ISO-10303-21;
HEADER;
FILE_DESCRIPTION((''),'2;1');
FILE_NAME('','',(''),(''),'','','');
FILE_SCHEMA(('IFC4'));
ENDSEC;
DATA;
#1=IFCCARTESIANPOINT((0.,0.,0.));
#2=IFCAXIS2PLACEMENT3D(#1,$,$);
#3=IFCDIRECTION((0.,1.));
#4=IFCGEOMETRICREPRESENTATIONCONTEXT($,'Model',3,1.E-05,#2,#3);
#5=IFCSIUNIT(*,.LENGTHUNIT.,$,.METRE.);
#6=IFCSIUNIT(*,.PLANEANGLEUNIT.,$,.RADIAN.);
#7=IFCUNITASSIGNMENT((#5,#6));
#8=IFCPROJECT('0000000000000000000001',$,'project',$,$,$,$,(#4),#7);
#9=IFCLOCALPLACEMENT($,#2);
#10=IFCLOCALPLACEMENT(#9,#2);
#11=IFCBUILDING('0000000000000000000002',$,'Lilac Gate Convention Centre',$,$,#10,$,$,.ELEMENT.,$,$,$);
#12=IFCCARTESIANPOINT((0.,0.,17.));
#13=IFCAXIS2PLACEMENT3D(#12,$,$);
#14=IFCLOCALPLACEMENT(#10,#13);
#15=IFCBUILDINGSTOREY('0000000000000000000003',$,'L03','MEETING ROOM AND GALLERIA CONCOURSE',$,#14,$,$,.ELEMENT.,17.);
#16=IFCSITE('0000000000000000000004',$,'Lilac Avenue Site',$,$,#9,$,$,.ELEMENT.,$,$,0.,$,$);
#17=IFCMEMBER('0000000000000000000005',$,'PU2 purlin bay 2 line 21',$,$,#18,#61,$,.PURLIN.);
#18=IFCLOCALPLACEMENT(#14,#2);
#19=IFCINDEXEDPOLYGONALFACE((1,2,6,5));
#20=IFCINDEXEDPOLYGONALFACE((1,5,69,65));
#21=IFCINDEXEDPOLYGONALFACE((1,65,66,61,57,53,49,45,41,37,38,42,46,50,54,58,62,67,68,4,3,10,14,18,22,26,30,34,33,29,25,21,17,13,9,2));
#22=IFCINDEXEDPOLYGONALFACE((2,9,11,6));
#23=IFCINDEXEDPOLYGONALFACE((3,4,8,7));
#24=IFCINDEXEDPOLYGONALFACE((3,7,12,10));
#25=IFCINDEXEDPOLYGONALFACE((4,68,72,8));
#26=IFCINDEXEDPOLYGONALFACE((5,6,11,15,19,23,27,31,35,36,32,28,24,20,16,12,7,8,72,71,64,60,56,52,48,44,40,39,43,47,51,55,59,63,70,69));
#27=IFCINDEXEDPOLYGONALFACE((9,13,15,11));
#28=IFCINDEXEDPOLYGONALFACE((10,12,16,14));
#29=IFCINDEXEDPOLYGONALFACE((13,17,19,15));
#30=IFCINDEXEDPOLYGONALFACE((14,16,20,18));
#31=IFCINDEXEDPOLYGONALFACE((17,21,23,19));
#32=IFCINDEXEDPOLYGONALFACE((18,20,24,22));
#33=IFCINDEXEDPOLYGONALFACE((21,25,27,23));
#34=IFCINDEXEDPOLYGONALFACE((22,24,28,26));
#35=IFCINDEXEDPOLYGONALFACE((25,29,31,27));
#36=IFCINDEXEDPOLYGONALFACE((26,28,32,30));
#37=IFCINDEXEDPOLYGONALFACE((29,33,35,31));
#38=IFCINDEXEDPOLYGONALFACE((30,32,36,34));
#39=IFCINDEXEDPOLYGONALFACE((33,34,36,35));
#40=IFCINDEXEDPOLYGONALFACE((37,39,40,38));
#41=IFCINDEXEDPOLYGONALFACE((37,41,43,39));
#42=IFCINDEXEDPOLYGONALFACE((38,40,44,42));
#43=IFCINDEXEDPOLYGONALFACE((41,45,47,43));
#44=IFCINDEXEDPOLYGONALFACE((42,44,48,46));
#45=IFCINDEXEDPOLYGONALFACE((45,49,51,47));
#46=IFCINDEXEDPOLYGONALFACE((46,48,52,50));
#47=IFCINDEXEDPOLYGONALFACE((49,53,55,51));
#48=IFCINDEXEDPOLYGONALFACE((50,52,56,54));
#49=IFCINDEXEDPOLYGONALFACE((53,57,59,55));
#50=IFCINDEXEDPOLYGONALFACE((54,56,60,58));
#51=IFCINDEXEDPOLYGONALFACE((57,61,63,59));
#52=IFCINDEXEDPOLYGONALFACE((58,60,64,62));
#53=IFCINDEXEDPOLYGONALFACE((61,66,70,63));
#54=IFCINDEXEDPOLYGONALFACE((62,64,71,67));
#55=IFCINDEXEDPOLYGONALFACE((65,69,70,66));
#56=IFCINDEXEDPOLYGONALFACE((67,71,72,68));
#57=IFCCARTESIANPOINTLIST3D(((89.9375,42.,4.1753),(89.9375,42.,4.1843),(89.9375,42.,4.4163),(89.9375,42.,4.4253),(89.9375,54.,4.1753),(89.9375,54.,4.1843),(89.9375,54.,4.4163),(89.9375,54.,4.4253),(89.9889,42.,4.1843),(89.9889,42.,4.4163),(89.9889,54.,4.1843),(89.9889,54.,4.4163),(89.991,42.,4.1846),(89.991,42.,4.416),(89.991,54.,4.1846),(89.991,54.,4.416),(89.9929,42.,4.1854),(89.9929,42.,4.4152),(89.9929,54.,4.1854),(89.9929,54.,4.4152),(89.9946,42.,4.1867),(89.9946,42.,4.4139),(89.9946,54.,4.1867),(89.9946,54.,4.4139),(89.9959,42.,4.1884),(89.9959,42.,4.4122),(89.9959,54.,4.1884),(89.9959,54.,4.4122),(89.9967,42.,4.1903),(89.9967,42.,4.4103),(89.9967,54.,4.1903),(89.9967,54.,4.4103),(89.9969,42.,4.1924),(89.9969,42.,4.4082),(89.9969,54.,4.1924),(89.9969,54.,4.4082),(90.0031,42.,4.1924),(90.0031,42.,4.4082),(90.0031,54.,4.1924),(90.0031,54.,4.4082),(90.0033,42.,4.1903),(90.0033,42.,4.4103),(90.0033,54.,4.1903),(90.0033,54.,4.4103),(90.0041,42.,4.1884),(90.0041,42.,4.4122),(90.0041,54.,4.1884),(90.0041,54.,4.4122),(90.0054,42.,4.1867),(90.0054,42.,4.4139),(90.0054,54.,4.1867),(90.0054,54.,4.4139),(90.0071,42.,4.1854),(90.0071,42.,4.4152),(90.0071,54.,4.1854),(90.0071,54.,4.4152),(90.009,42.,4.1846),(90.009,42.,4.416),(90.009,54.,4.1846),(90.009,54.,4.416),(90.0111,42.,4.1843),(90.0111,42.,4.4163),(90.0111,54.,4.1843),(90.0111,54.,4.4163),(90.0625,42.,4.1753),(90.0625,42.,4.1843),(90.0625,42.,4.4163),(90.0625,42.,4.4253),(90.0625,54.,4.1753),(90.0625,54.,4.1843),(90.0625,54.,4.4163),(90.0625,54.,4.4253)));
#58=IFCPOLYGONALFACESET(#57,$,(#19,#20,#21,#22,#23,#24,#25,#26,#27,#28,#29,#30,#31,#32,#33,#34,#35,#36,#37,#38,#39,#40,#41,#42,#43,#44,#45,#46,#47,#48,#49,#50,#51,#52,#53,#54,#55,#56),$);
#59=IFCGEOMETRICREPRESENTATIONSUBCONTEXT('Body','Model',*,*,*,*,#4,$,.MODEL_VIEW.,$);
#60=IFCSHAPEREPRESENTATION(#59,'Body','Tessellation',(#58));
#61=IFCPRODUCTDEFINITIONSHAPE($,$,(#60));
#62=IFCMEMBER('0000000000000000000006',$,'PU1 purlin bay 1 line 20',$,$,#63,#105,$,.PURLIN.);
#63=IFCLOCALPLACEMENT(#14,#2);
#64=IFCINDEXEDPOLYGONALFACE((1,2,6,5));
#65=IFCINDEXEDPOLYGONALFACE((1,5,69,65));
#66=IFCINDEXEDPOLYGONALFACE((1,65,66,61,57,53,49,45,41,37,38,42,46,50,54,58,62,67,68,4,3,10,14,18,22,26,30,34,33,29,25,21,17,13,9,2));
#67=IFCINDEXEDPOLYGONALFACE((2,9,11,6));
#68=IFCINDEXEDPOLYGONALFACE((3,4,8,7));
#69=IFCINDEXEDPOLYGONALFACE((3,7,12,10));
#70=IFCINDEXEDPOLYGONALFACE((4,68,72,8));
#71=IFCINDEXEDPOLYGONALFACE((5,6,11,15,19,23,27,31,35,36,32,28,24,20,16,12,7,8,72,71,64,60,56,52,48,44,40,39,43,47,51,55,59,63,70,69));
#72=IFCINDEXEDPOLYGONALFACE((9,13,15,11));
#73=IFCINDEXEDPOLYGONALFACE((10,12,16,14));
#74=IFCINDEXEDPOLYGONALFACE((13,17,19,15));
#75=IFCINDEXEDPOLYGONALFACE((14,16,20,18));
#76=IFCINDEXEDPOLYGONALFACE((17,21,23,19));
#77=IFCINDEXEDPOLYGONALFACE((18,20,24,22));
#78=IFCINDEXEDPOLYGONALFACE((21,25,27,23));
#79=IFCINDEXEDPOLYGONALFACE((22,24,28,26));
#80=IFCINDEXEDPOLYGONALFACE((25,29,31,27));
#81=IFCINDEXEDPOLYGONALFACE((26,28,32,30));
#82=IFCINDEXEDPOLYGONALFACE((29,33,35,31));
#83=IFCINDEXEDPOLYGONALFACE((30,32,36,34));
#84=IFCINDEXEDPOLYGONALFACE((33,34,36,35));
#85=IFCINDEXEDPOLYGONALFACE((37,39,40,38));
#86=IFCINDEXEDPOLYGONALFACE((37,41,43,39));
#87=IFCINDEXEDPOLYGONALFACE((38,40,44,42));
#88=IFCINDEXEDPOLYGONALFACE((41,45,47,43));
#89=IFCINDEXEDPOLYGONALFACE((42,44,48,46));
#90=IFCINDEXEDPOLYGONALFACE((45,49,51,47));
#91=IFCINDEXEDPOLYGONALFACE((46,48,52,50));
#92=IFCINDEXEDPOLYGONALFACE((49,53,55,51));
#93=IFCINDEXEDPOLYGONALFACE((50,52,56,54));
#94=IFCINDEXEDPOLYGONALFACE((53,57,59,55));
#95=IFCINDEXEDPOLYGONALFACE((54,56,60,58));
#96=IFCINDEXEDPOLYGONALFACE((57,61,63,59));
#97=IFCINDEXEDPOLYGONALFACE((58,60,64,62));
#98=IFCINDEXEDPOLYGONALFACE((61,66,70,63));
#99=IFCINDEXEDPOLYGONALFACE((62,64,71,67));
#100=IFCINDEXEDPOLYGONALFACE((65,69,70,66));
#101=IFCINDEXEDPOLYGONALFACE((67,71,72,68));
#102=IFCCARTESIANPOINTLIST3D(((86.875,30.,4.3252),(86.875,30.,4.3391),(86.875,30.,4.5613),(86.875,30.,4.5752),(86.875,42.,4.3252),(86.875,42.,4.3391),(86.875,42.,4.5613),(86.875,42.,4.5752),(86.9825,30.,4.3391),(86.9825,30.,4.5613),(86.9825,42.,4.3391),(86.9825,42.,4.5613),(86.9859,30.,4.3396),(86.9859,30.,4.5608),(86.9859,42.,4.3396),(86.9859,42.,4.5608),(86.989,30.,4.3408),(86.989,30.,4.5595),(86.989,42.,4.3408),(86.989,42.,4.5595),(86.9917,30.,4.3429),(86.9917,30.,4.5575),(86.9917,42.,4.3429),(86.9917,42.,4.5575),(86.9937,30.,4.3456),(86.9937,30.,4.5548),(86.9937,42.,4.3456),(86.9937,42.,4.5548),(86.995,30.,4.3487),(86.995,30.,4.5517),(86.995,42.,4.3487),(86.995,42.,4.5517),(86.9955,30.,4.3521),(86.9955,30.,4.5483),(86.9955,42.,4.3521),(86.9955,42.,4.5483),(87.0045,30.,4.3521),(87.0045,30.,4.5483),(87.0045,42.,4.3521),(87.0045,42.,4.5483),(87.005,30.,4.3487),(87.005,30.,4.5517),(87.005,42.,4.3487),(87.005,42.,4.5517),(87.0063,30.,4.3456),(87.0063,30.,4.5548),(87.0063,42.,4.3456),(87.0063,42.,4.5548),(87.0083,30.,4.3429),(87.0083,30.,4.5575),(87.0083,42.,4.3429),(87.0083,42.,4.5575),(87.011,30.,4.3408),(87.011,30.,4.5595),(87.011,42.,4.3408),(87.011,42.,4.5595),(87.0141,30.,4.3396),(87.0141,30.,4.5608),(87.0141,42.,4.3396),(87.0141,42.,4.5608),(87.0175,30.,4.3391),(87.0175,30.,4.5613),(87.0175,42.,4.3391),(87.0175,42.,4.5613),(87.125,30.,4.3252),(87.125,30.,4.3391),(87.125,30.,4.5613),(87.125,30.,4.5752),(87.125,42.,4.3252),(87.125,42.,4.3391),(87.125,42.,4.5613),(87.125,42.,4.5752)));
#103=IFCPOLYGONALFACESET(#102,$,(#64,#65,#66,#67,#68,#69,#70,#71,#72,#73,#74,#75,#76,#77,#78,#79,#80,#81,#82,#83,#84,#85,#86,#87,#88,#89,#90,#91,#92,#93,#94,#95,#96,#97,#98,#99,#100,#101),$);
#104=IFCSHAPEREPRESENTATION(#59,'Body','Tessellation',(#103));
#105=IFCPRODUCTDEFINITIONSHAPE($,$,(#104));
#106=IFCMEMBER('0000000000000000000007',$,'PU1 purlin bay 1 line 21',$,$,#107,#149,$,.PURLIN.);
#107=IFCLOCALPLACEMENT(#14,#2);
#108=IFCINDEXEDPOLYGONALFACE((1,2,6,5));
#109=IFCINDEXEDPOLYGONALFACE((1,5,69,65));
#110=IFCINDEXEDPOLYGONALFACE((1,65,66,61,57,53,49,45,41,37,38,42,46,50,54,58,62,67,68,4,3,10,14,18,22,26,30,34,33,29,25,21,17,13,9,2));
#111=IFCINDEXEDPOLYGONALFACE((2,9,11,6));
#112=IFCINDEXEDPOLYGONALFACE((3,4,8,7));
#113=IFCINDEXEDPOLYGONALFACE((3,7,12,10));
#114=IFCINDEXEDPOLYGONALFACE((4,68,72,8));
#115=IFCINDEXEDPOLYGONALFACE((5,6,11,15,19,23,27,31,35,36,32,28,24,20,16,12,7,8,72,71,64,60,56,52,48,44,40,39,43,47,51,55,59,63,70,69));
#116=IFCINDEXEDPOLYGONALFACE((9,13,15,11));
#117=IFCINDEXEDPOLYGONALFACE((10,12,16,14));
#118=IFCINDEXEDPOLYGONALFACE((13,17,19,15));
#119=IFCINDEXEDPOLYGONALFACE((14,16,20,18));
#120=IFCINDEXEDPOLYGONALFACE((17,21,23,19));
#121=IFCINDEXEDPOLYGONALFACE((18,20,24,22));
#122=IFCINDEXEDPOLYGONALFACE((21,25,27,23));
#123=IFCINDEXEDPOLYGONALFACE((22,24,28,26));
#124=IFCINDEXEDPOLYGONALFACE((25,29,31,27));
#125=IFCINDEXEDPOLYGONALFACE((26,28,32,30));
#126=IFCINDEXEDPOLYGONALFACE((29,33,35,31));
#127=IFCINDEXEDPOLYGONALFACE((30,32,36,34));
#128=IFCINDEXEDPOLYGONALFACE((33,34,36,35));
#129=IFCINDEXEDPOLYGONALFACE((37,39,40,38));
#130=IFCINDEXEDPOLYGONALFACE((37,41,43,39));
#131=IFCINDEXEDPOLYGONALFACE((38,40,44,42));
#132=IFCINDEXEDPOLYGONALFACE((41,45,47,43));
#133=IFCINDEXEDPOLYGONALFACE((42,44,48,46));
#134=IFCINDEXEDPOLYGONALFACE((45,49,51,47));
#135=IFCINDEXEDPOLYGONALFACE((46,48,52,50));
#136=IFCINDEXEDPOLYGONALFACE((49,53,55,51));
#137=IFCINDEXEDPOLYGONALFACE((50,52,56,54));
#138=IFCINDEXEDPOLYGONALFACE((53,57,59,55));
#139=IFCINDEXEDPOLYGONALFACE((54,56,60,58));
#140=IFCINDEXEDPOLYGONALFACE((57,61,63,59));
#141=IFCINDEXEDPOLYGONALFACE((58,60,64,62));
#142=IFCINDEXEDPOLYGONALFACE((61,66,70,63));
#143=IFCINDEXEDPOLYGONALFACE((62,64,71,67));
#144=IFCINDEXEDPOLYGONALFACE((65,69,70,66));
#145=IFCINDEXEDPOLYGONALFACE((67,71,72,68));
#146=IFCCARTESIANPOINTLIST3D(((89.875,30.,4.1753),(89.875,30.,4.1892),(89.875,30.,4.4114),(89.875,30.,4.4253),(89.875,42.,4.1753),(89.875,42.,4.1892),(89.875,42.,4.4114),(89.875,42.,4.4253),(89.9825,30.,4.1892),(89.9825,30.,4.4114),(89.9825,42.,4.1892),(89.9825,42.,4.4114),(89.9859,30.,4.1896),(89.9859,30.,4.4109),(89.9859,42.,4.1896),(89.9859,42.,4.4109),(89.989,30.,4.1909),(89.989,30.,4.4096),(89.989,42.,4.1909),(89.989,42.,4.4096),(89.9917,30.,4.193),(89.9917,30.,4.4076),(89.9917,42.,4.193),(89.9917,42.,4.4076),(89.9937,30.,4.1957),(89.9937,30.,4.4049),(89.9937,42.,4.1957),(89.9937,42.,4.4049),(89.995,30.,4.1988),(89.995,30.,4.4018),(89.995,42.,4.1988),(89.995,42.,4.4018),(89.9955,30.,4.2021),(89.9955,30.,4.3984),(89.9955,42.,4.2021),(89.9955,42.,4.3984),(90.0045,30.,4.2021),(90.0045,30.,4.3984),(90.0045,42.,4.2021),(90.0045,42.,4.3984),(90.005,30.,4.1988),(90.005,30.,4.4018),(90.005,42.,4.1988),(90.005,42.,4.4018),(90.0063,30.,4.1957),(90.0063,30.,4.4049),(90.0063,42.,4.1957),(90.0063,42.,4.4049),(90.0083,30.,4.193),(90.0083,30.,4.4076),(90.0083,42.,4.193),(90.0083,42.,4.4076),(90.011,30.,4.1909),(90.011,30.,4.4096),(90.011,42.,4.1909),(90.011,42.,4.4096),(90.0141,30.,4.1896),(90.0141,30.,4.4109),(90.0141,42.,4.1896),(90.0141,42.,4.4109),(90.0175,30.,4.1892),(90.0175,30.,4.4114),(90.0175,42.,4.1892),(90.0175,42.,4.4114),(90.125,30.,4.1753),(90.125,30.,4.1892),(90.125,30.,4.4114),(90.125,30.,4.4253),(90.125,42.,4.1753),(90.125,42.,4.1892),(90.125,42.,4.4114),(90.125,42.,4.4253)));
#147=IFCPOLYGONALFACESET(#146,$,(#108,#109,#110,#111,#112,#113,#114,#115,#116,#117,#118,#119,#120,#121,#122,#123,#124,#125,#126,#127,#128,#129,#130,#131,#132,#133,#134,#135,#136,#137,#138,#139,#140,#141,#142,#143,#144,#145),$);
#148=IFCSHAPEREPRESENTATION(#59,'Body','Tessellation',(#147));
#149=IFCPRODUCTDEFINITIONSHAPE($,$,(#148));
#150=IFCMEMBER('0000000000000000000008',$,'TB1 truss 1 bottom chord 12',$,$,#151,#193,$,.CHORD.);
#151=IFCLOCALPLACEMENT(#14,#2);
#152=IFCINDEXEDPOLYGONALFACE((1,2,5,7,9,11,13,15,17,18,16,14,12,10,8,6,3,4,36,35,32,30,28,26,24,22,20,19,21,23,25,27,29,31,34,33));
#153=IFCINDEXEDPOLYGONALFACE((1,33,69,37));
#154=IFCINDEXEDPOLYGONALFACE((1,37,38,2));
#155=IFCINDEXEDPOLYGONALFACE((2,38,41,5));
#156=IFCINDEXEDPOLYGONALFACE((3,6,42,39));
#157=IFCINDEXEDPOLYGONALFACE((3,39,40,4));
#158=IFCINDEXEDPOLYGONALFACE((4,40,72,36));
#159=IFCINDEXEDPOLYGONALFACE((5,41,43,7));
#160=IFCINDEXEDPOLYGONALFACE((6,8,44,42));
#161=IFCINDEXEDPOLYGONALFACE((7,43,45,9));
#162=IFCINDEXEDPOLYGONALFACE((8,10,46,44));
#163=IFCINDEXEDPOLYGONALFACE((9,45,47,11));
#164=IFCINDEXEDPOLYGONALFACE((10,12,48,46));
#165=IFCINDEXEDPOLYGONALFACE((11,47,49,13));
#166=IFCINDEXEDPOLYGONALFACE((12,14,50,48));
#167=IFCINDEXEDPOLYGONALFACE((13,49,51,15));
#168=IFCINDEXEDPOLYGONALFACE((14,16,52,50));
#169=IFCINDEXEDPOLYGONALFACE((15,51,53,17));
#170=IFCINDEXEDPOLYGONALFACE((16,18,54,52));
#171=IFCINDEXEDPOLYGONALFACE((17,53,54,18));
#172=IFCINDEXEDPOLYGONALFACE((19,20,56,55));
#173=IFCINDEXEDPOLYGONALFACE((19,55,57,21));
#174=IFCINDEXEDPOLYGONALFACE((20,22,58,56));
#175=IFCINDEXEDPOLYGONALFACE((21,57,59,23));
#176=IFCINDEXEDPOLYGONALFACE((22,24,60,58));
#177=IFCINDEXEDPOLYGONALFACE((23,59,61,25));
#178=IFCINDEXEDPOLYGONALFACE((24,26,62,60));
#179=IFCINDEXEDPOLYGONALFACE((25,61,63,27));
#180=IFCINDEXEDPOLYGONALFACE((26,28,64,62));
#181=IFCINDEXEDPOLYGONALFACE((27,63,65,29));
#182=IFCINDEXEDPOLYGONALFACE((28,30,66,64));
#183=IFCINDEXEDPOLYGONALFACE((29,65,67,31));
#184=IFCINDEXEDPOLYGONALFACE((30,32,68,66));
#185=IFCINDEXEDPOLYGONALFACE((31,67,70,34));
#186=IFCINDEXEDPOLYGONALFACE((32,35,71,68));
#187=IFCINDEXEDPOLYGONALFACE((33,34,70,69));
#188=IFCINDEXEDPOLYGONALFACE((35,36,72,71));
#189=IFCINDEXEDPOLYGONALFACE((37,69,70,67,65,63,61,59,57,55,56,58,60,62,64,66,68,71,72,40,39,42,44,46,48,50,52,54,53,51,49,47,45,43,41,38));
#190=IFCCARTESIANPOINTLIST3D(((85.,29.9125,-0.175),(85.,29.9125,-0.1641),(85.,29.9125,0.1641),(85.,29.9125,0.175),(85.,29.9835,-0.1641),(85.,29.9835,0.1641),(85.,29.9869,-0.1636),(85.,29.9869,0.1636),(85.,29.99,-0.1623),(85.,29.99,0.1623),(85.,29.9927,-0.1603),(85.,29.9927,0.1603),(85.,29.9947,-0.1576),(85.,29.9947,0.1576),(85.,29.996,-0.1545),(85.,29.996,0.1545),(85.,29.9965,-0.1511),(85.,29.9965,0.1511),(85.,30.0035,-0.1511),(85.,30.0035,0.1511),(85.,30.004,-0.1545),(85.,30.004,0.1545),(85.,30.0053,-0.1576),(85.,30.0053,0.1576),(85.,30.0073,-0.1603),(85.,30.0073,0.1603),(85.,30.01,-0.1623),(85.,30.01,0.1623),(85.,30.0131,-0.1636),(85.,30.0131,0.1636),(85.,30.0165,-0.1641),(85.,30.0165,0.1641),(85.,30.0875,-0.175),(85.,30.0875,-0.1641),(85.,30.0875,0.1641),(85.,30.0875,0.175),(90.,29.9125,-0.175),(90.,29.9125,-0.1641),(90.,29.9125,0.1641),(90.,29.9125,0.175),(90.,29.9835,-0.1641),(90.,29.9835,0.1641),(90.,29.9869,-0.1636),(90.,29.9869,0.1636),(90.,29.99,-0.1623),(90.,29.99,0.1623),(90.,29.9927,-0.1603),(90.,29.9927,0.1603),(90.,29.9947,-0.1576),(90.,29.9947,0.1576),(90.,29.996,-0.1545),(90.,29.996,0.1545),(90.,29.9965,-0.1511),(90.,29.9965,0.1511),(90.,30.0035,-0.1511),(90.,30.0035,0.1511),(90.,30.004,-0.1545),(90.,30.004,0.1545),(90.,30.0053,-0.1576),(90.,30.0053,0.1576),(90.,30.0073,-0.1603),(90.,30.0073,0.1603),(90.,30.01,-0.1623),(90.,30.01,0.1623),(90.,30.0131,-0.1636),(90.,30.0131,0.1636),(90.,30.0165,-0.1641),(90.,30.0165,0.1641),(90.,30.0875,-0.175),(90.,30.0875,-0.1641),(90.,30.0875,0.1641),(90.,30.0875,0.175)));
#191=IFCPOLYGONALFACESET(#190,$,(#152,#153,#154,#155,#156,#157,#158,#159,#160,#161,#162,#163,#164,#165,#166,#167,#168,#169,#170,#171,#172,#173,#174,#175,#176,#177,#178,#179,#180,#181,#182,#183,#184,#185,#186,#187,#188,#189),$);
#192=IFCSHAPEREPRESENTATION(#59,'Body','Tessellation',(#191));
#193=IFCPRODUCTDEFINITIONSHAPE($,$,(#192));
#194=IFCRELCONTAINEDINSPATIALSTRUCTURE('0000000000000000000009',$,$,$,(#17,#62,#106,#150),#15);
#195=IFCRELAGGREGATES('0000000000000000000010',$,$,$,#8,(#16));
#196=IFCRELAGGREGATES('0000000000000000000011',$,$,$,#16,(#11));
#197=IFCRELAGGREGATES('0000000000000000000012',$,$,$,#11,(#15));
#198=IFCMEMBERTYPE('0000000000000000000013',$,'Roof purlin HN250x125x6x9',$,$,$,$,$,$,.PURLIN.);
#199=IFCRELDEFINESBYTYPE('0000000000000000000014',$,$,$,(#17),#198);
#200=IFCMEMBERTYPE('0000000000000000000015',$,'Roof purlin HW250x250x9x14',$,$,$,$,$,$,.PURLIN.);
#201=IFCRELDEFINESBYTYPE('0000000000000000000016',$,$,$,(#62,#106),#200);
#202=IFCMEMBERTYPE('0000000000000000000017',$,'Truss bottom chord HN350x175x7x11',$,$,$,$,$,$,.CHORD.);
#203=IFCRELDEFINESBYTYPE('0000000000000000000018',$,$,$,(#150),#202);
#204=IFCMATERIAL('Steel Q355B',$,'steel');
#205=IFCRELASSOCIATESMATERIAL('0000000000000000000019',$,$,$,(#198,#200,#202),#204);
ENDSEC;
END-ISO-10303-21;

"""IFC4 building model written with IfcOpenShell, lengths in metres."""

from ifc_helpers import new_model, si_unit, direction, frame, origin, origin_2d, place, context, subcontext, project, spatial, i_section, extrude, material, material_profile, profile_set, type_object, element, save


model = new_model("IFC4")

# Units and contexts
model_context = context("Model", 3, precision=1e-05, world=origin(), true_north=direction((0.0, 1.0)))
body_context = subcontext(model_context, "Body", "Model", "MODEL_VIEW")
ifc_project = project(units=[si_unit("LENGTHUNIT", "METRE"), si_unit("PLANEANGLEUNIT", "RADIAN")], contexts=[model_context])

# Site, building, storey
site_placement = place(None, origin())
site = spatial("IfcSite", under=ifc_project, at=site_placement, Name="Lilac Avenue Site", CompositionType="ELEMENT", RefElevation=0.0)
building_placement = place(site_placement, origin())
building = spatial("IfcBuilding", under=site, at=building_placement, Name="Lilac Gate Convention Centre", CompositionType="ELEMENT")
storey_placement = place(building_placement, frame((0.0, 0.0, 17.0)))
storey = spatial("IfcBuildingStorey", under=building, at=storey_placement, Name="L03", Description="MEETING ROOM AND GALLERIA CONCOURSE", CompositionType="ELEMENT", Elevation=17.0)

# Members
ifc_material_1 = material(Name="Steel Q355B", Category="steel")
ifc_material_profile_1 = material_profile(ifc_material_1, i_section(OverallWidth=0.125, OverallDepth=0.25, WebThickness=0.0061, FlangeThickness=0.009, FilletRadius=0.0081, at=origin_2d()), Name="HN250x125x6x9")
ifc_profile_set_1 = profile_set([ifc_material_profile_1], Name="Steel Q355B")
member_type_1 = type_object("IfcMemberType", Name="Roof purlin HN250x125x6x9", PredefinedType="PURLIN", material=ifc_profile_set_1)
for number, where, z_axis, x_axis, name in (
    (1, (90.0, 42.0, 4.3003), (0.0, 1.0, 0.0), (-1.0, 0.0, 0.0), "PU2 purlin bay 2 line 21"),
):
    element("IfcMember", number, at=place(storey_placement, frame(where, z_axis=z_axis, x_axis=x_axis)), inside=storey, type_object=member_type_1, Name=name, PredefinedType="PURLIN", context=body_context, shape_type="SweptSolid", body=[
        extrude(i_section(OverallWidth=0.125, OverallDepth=0.25, WebThickness=0.0061, FlangeThickness=0.009, FilletRadius=0.0081, at=origin_2d()), origin(), (0.0, 0.0, 1.0), 12.0),
    ])
ifc_material_profile_2 = material_profile(ifc_material_1, i_section(OverallWidth=0.25, OverallDepth=0.25, WebThickness=0.009, FlangeThickness=0.0139, FilletRadius=0.0129, at=origin_2d()), Name="HW250x250x9x14")
ifc_profile_set_2 = profile_set([ifc_material_profile_2], Name="Steel Q355B")
member_type_2 = type_object("IfcMemberType", Name="Roof purlin HW250x250x9x14", PredefinedType="PURLIN", material=ifc_profile_set_2)
for number, where, z_axis, x_axis, name in (
    (2, (87.0, 30.0, 4.4502), (0.0, 1.0, 0.0), (-1.0, 0.0, 0.0), "PU1 purlin bay 1 line 20"),
    (3, (90.0, 30.0, 4.3003), (0.0, 1.0, 0.0), (-1.0, 0.0, 0.0), "PU1 purlin bay 1 line 21"),
):
    element("IfcMember", number, at=place(storey_placement, frame(where, z_axis=z_axis, x_axis=x_axis)), inside=storey, type_object=member_type_2, Name=name, PredefinedType="PURLIN", context=body_context, shape_type="SweptSolid", body=[
        extrude(i_section(OverallWidth=0.25, OverallDepth=0.25, WebThickness=0.009, FlangeThickness=0.0139, FilletRadius=0.0129, at=origin_2d()), origin(), (0.0, 0.0, 1.0), 12.0),
    ])
ifc_material_profile_3 = material_profile(ifc_material_1, i_section(OverallWidth=0.175, OverallDepth=0.3501, WebThickness=0.0071, FlangeThickness=0.011, FilletRadius=0.0129, at=origin_2d()), Name="HN350x175x7x11")
ifc_profile_set_3 = profile_set([ifc_material_profile_3], Name="Steel Q355B")
member_type_3 = type_object("IfcMemberType", Name="Truss bottom chord HN350x175x7x11", PredefinedType="CHORD", material=ifc_profile_set_3)
for number, where, z_axis, x_axis, name in (
    (4, (85.0, 30.0, 0.0), (1.0, 0.0, 0.0), (0.0, 1.0, 0.0), "TB1 truss 1 bottom chord 12"),
):
    element("IfcMember", number, at=place(storey_placement, frame(where, z_axis=z_axis, x_axis=x_axis)), inside=storey, type_object=member_type_3, Name=name, PredefinedType="CHORD", context=body_context, shape_type="SweptSolid", body=[
        extrude(i_section(OverallWidth=0.175, OverallDepth=0.3501, WebThickness=0.0071, FlangeThickness=0.011, FilletRadius=0.0129, at=origin_2d()), origin(), (0.0, 0.0, 1.0), 5.0),
    ])

save(model, "model.ifc")
